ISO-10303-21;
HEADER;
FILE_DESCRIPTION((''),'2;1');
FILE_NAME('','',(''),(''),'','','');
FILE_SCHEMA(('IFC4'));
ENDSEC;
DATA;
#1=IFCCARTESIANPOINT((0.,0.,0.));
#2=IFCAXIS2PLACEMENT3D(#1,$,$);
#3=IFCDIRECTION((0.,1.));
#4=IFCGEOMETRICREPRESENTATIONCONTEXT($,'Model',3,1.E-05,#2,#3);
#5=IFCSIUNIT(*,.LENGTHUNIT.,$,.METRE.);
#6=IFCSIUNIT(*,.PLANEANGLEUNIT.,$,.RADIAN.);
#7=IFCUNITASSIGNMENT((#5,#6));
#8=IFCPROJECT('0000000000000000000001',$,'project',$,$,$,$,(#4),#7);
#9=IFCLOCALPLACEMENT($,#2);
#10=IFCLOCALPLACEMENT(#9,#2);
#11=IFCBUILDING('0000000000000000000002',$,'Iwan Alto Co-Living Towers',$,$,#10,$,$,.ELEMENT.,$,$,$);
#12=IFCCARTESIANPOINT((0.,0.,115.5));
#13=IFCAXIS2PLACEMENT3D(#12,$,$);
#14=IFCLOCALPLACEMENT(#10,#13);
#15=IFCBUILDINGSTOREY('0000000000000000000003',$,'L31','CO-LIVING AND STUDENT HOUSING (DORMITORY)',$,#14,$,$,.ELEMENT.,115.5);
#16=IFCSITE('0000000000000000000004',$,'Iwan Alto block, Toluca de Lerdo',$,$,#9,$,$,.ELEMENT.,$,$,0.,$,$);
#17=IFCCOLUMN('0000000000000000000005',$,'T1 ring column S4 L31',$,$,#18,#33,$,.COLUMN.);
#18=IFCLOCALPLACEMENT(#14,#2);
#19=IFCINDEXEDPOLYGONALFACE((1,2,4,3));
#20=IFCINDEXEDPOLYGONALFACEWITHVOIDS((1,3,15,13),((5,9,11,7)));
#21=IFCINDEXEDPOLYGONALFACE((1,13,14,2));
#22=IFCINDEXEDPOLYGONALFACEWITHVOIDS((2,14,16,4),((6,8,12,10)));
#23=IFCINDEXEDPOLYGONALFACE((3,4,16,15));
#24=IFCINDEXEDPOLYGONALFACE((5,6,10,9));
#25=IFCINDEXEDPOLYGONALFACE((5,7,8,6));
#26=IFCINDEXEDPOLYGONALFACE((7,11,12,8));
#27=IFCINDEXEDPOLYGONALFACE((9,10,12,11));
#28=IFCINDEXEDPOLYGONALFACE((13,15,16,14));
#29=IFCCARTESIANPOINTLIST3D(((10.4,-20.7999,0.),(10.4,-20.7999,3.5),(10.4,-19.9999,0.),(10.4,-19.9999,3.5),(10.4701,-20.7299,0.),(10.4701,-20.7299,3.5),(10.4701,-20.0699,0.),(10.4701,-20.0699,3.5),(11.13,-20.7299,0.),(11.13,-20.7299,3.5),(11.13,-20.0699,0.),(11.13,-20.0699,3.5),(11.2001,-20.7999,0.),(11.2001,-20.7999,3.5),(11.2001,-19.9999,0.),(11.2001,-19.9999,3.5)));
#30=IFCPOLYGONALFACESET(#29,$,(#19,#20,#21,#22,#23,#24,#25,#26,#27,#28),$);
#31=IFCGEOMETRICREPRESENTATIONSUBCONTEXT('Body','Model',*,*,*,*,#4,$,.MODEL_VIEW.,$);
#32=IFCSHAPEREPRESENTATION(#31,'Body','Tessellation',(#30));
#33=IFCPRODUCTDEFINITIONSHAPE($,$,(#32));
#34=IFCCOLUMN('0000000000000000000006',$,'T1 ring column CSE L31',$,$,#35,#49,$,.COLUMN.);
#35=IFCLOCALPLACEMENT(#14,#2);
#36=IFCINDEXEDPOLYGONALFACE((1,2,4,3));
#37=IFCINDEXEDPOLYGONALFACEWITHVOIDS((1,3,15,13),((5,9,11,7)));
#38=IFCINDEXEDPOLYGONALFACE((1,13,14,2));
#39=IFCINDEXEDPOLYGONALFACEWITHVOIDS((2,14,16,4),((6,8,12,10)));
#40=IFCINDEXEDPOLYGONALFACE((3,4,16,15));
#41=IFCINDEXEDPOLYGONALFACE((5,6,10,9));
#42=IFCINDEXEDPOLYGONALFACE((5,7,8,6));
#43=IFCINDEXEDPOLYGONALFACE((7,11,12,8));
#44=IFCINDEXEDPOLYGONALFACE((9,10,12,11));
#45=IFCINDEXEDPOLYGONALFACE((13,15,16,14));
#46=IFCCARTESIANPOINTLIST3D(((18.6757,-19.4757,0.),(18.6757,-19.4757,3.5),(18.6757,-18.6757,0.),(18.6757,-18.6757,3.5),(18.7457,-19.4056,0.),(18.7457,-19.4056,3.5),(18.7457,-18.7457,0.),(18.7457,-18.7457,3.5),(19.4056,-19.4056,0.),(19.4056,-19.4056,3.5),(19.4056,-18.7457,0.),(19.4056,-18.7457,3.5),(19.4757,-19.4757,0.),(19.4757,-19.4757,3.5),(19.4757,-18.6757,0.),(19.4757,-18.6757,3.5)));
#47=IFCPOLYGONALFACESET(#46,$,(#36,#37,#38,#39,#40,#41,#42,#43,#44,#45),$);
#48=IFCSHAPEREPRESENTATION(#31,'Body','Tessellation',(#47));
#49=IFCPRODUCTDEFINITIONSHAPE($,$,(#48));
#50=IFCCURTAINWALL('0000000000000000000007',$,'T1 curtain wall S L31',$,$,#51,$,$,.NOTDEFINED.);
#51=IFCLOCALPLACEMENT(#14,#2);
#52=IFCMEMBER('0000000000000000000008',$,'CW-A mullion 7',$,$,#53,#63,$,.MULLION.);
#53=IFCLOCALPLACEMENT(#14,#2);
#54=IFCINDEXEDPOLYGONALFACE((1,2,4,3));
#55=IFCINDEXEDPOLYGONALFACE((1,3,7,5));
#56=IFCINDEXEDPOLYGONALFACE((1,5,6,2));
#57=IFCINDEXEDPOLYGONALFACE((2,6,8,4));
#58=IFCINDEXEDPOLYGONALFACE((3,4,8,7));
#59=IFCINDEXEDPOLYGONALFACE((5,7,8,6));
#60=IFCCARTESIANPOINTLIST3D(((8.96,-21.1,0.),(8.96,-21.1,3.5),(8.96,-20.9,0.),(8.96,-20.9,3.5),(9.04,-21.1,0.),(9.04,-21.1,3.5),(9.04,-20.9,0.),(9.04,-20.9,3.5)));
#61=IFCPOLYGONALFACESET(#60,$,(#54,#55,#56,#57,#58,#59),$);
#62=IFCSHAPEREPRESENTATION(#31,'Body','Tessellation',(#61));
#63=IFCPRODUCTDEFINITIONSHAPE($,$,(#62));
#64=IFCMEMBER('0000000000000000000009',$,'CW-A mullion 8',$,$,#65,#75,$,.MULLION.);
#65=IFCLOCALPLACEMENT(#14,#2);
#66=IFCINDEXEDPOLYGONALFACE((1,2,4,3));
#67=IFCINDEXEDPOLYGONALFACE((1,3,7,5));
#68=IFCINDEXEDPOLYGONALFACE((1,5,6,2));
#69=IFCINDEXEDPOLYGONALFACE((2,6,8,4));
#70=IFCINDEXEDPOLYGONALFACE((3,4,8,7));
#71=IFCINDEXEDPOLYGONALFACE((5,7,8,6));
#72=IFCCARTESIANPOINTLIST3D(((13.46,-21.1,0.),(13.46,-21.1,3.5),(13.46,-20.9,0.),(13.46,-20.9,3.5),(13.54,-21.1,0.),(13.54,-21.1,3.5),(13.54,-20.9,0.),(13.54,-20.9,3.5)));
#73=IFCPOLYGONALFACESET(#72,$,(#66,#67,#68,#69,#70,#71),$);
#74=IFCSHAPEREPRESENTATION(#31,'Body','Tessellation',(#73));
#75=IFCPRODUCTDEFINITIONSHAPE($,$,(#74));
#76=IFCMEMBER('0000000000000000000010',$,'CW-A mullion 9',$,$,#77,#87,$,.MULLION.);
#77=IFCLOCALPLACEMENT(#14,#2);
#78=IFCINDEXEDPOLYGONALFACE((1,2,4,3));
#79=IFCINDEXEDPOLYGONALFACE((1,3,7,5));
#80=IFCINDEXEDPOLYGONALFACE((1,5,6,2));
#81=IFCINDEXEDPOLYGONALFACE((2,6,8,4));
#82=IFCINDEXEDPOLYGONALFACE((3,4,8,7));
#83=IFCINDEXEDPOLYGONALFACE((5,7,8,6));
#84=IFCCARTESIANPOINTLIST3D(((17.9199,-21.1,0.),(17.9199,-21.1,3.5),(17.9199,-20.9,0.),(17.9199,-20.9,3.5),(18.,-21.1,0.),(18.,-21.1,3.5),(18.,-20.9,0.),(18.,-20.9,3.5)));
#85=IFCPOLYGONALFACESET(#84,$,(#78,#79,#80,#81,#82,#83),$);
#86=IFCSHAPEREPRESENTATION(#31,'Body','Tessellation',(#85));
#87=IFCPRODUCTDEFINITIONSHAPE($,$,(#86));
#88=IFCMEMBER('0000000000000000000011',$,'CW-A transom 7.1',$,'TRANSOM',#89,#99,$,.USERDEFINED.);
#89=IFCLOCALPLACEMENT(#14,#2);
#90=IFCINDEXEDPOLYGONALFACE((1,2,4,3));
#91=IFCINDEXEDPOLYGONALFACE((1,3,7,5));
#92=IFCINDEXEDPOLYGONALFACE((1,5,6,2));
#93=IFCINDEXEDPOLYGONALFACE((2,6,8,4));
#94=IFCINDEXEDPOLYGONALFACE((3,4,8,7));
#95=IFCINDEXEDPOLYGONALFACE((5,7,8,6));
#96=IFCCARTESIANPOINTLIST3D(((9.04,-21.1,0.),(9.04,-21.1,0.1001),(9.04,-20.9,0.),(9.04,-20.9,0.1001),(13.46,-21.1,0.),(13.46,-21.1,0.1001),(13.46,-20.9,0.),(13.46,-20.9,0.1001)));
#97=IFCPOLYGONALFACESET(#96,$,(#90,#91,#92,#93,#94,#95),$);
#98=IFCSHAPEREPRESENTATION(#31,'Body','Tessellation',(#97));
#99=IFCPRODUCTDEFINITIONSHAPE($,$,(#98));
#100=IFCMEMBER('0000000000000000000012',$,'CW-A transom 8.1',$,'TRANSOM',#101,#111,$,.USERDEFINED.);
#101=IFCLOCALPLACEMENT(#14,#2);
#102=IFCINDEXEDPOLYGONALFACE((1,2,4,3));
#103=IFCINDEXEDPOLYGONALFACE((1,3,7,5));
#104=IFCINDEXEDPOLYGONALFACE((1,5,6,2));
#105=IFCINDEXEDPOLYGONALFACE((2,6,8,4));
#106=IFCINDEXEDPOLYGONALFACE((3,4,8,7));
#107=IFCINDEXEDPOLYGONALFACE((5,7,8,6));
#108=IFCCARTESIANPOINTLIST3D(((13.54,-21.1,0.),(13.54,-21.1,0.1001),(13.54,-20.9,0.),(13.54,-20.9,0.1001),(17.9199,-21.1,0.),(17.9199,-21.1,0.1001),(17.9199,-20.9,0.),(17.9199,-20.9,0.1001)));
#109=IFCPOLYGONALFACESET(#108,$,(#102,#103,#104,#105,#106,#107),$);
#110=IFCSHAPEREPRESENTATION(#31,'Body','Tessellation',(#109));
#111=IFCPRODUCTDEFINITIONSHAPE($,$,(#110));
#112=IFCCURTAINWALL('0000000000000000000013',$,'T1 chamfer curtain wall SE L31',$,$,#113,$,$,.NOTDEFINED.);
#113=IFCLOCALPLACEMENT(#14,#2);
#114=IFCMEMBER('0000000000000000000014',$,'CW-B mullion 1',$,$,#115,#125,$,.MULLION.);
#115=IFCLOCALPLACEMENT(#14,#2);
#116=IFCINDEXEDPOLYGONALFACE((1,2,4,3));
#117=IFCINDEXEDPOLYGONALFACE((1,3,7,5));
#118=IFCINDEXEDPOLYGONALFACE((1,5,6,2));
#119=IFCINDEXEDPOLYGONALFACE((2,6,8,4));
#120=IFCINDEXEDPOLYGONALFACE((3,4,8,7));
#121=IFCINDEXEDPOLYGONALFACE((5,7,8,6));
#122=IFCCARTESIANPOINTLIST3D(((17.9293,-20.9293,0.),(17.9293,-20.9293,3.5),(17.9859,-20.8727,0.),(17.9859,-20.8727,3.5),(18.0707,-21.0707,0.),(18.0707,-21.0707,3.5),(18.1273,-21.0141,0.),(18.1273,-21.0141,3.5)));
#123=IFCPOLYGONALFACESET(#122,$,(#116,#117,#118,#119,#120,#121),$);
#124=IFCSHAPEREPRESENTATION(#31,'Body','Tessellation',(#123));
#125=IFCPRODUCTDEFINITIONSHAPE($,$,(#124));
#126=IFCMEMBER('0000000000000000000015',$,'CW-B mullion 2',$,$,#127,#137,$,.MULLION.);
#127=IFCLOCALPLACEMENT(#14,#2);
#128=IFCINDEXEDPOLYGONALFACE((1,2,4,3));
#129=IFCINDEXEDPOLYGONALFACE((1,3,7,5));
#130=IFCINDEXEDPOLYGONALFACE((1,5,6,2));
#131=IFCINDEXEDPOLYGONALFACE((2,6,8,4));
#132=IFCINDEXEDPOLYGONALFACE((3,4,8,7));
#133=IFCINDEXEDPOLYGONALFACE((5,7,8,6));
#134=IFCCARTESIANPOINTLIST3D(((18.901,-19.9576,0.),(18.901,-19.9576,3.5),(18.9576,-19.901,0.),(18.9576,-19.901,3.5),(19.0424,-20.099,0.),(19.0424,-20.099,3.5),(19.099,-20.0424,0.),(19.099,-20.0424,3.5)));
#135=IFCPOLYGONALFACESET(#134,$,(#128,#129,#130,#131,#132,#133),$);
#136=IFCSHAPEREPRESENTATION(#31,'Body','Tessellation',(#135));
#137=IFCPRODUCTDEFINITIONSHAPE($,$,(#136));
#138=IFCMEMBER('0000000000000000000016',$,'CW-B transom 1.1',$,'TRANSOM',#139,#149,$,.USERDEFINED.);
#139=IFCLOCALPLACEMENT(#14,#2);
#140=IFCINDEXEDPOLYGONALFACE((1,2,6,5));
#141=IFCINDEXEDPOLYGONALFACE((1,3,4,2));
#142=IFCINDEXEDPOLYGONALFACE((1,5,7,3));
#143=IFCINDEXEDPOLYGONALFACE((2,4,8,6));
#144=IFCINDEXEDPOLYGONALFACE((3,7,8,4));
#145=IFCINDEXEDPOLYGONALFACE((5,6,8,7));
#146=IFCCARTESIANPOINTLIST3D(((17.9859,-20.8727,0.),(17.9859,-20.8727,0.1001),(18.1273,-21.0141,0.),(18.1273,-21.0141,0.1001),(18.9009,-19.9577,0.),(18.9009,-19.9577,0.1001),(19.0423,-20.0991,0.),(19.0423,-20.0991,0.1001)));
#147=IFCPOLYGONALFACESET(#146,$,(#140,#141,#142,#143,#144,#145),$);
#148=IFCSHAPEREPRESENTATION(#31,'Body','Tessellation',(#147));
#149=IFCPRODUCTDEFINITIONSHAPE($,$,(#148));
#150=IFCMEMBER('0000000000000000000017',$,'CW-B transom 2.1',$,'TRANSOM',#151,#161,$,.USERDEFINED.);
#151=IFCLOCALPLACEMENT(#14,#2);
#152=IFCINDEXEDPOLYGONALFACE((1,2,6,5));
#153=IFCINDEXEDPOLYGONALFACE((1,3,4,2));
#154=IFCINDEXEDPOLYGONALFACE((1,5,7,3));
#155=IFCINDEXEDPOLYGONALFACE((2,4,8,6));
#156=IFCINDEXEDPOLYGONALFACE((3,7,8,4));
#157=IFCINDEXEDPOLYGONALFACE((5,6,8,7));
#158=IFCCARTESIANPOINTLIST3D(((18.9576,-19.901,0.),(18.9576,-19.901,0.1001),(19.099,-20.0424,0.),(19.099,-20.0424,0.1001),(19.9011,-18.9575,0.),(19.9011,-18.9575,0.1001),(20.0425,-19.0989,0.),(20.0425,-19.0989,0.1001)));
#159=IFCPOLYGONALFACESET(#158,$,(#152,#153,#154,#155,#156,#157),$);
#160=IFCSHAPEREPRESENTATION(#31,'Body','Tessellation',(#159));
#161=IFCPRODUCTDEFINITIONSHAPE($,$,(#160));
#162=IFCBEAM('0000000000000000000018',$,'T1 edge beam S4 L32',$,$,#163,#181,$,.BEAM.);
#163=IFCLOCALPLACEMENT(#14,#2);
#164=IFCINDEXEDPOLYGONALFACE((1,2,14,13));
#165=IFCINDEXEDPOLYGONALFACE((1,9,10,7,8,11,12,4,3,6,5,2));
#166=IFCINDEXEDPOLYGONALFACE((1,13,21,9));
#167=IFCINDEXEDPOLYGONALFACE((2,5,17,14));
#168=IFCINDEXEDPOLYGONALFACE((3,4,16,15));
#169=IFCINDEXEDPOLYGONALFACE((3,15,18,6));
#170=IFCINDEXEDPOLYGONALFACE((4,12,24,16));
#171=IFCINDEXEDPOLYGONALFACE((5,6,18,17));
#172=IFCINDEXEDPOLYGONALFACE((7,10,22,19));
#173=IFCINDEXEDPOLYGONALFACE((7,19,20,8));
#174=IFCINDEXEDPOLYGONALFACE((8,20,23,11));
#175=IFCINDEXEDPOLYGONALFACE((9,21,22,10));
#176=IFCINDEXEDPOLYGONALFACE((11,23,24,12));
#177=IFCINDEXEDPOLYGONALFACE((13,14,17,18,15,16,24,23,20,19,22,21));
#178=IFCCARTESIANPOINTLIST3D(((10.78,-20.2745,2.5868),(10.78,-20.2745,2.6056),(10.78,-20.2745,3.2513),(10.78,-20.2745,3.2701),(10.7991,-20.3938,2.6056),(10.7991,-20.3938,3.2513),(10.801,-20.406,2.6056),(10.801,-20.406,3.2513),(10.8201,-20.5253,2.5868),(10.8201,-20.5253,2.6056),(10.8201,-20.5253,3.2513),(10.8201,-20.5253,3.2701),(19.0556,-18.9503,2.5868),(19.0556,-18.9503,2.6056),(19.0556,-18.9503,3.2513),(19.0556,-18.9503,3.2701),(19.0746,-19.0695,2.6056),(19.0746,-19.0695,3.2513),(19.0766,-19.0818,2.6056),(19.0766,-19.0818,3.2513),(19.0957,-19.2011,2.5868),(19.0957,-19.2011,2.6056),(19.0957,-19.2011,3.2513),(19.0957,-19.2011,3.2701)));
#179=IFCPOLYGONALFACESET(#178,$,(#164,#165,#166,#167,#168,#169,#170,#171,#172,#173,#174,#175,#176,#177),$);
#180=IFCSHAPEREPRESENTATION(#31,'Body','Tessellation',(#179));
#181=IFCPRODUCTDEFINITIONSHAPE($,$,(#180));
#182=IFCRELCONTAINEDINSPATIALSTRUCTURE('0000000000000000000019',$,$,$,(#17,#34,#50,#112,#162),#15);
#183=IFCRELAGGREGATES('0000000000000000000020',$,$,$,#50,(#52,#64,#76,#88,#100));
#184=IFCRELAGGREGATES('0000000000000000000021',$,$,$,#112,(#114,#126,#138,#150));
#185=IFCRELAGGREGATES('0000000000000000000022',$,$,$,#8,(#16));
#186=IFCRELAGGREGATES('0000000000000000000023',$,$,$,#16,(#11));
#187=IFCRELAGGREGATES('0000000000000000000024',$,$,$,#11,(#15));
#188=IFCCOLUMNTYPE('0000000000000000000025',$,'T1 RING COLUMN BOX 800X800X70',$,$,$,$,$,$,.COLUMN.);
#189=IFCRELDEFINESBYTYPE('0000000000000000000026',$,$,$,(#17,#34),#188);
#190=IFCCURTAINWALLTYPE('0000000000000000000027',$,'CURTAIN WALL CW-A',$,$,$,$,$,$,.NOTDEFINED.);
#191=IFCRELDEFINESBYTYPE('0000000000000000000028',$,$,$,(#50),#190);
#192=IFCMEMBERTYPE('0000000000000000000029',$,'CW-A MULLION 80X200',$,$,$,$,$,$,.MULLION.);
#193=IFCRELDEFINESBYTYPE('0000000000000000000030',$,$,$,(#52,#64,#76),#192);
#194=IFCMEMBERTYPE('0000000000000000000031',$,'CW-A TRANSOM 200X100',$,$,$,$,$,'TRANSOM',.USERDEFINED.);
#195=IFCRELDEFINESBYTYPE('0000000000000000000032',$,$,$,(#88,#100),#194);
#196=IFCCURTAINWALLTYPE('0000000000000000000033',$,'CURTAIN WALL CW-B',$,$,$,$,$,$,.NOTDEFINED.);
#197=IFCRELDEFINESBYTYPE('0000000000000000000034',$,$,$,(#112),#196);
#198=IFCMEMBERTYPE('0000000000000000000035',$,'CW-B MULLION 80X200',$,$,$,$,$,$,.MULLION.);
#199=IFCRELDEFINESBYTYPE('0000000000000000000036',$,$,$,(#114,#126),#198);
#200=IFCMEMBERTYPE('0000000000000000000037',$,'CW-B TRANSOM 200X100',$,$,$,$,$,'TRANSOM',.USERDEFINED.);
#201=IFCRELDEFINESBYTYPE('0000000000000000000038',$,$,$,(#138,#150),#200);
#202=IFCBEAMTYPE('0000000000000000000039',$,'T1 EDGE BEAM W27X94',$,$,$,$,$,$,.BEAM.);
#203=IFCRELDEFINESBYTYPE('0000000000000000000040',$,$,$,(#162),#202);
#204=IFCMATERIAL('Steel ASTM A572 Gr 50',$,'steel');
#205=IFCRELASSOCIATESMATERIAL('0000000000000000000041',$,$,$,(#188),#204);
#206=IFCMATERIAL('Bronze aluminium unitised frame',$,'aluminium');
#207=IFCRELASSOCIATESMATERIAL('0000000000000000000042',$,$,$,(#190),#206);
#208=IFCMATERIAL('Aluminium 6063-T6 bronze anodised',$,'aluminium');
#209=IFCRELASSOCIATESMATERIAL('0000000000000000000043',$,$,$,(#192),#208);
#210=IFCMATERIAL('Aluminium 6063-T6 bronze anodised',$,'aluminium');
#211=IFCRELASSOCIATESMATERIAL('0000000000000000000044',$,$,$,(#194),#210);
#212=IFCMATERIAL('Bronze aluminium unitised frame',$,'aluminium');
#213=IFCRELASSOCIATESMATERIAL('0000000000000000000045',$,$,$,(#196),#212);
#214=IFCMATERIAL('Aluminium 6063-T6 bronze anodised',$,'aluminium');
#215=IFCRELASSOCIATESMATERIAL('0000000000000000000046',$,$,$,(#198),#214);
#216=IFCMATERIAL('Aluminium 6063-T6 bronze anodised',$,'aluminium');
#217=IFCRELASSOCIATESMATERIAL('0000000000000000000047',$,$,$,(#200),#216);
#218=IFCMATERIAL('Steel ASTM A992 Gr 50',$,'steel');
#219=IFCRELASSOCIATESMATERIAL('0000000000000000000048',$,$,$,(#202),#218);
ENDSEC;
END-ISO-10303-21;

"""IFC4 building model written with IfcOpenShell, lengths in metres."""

from ifc_helpers import new_model, si_unit, direction, frame, origin, origin_2d, place, context, subcontext, project, spatial, rectangle, hollow_rectangle, i_section, extrude, material, material_profile, profile_set, type_object, element, aggregate, save


model = new_model("IFC4")

# Units and contexts
model_context = context("Model", 3, precision=1e-05, world=origin(), true_north=direction((0.0, 1.0)))
body_context = subcontext(model_context, "Body", "Model", "MODEL_VIEW")
ifc_project = project(units=[si_unit("LENGTHUNIT", "METRE"), si_unit("PLANEANGLEUNIT", "RADIAN")], contexts=[model_context])

# Site, building, storey
site_placement = place(None, origin())
site = spatial("IfcSite", under=ifc_project, at=site_placement, Name="Iwan Alto block, Toluca de Lerdo", CompositionType="ELEMENT", RefElevation=0.0)
building_placement = place(site_placement, origin())
building = spatial("IfcBuilding", under=site, at=building_placement, Name="Iwan Alto Co-Living Towers", CompositionType="ELEMENT")
storey_placement = place(building_placement, frame((0.0, 0.0, 115.5)))
storey = spatial("IfcBuildingStorey", under=building, at=storey_placement, Name="L31", Description="CO-LIVING AND STUDENT HOUSING (DORMITORY)", CompositionType="ELEMENT", Elevation=115.5)

# Columns
ifc_material_1 = material(Name="Steel ASTM A572 Gr 50", Category="steel")
ifc_material_profile_1 = material_profile(ifc_material_1, hollow_rectangle(XDim=0.8, YDim=0.8, WallThickness=0.0701, at=origin_2d()), Name="BOX 800X800X70")
ifc_profile_set_1 = profile_set([ifc_material_profile_1], Name="Steel ASTM A572 Gr 50")
column_type = type_object("IfcColumnType", Name="T1 RING COLUMN BOX 800X800X70", PredefinedType="COLUMN", material=ifc_profile_set_1)
for number, where, z_axis, x_axis, name in (
    (1, (10.8, -20.3999, 0.0), (0.0, 0.0, 1.0), (1.0, 0.0, 0.0), "T1 ring column S4 L31"),
    (2, (19.0757, -19.0757, 0.0), (0.0, 0.0, 1.0), (1.0, 0.0, 0.0), "T1 ring column CSE L31"),
):
    element("IfcColumn", number, at=place(storey_placement, frame(where, z_axis=z_axis, x_axis=x_axis)), inside=storey, type_object=column_type, Name=name, PredefinedType="COLUMN", context=body_context, shape_type="SweptSolid", body=[
        extrude(hollow_rectangle(XDim=0.8, YDim=0.8, WallThickness=0.0701, at=origin_2d()), origin(), (0.0, 0.0, 1.0), 3.5),
    ])

# Curtain walls, members
ifc_material_2 = material(Name="Bronze aluminium unitised frame", Category="aluminium")
curtain_wall_type_1 = type_object("IfcCurtainWallType", Name="CURTAIN WALL CW-A", PredefinedType="NOTDEFINED", material=ifc_material_2)
curtain_wall_1_placement = place(storey_placement, origin())
curtain_wall_1 = element("IfcCurtainWall", 3, at=curtain_wall_1_placement, inside=storey, type_object=curtain_wall_type_1, Name="T1 curtain wall S L31", PredefinedType="NOTDEFINED")
ifc_material_3 = material(Name="Aluminium 6063-T6 bronze anodised", Category="aluminium")
ifc_material_profile_2 = material_profile(ifc_material_3, rectangle(XDim=0.2, YDim=0.0801, at=origin_2d()), Name="AL 80X200")
ifc_profile_set_2 = profile_set([ifc_material_profile_2], Name="Aluminium 6063-T6 bronze anodised")
member_type_1 = type_object("IfcMemberType", Name="CW-A MULLION 80X200", PredefinedType="MULLION", material=ifc_profile_set_2)
member_1_placement = place(storey_placement, frame((9.0, -21.0, 0.0), z_axis=(0.0, 0.0, 1.0), x_axis=(0.0, 1.0, 0.0)))
member_1 = element("IfcMember", 4, at=member_1_placement, type_object=member_type_1, Name="CW-A mullion 7", PredefinedType="MULLION", context=body_context, shape_type="SweptSolid", body=[
    extrude(rectangle(XDim=0.2, YDim=0.0801, at=origin_2d()), origin(), (0.0, 0.0, 1.0), 3.5),
])
member_2_placement = place(storey_placement, frame((13.5, -21.0, 0.0), z_axis=(0.0, 0.0, 1.0), x_axis=(0.0, 1.0, 0.0)))
member_2 = element("IfcMember", 5, at=member_2_placement, type_object=member_type_1, Name="CW-A mullion 8", PredefinedType="MULLION", context=body_context, shape_type="SweptSolid", body=[
    extrude(rectangle(XDim=0.2, YDim=0.0801, at=origin_2d()), origin(), (0.0, 0.0, 1.0), 3.5),
])
member_3_placement = place(storey_placement, frame((17.96, -21.0, 0.0), z_axis=(0.0, 0.0, 1.0), x_axis=(0.0, 1.0, 0.0)))
member_3 = element("IfcMember", 6, at=member_3_placement, type_object=member_type_1, Name="CW-A mullion 9", PredefinedType="MULLION", context=body_context, shape_type="SweptSolid", body=[
    extrude(rectangle(XDim=0.2, YDim=0.0801, at=origin_2d()), origin(), (0.0, 0.0, 1.0), 3.5),
])
ifc_material_4 = material(Name="Aluminium 6063-T6 bronze anodised", Category="aluminium")
ifc_material_profile_3 = material_profile(ifc_material_4, rectangle(XDim=0.2, YDim=0.1001, at=origin_2d()), Name="AL 200X100")
ifc_profile_set_3 = profile_set([ifc_material_profile_3], Name="Aluminium 6063-T6 bronze anodised")
member_type_2 = type_object("IfcMemberType", Name="CW-A TRANSOM 200X100", ElementType="TRANSOM", PredefinedType="USERDEFINED", material=ifc_profile_set_3)
member_4_placement = place(storey_placement, frame((9.04, -21.0, 0.05), z_axis=(1.0, 0.0, 0.0), x_axis=(0.0, 1.0, 0.0)))
member_4 = element("IfcMember", 7, at=member_4_placement, type_object=member_type_2, Name="CW-A transom 7.1", ObjectType="TRANSOM", PredefinedType="USERDEFINED", context=body_context, shape_type="SweptSolid", body=[
    extrude(rectangle(XDim=0.2, YDim=0.1001, at=origin_2d()), origin(), (0.0, 0.0, 1.0), 4.4199),
])
member_5_placement = place(storey_placement, frame((13.54, -21.0, 0.05), z_axis=(1.0, 0.0, 0.0), x_axis=(0.0, 1.0, 0.0)))
member_5 = element("IfcMember", 8, at=member_5_placement, type_object=member_type_2, Name="CW-A transom 8.1", ObjectType="TRANSOM", PredefinedType="USERDEFINED", context=body_context, shape_type="SweptSolid", body=[
    extrude(rectangle(XDim=0.2, YDim=0.1001, at=origin_2d()), origin(), (0.0, 0.0, 1.0), 4.3799),
])
ifc_material_5 = material(Name="Bronze aluminium unitised frame", Category="aluminium")
curtain_wall_type_2 = type_object("IfcCurtainWallType", Name="CURTAIN WALL CW-B", PredefinedType="NOTDEFINED", material=ifc_material_5)
curtain_wall_2_placement = place(storey_placement, origin())
curtain_wall_2 = element("IfcCurtainWall", 9, at=curtain_wall_2_placement, inside=storey, type_object=curtain_wall_type_2, Name="T1 chamfer curtain wall SE L31", PredefinedType="NOTDEFINED")
ifc_material_6 = material(Name="Aluminium 6063-T6 bronze anodised", Category="aluminium")
ifc_material_profile_4 = material_profile(ifc_material_6, rectangle(XDim=0.2, YDim=0.0801, at=origin_2d()), Name="AL 80X200")
ifc_profile_set_4 = profile_set([ifc_material_profile_4], Name="Aluminium 6063-T6 bronze anodised")
member_type_3 = type_object("IfcMemberType", Name="CW-B MULLION 80X200", PredefinedType="MULLION", material=ifc_profile_set_4)
member_6_placement = place(storey_placement, frame((18.0283, -20.9717, 0.0), z_axis=(0.0, 0.0, 1.0), x_axis=(-0.707107, 0.707107, 0.0)))
member_6 = element("IfcMember", 10, at=member_6_placement, type_object=member_type_3, Name="CW-B mullion 1", PredefinedType="MULLION", context=body_context, shape_type="SweptSolid", body=[
    extrude(rectangle(XDim=0.2, YDim=0.0801, at=origin_2d()), origin(), (0.0, 0.0, 1.0), 3.5),
])
member_7_placement = place(storey_placement, frame((19.0, -20.0, 0.0), z_axis=(0.0, 0.0, 1.0), x_axis=(-0.707107, 0.707107, 0.0)))
member_7 = element("IfcMember", 11, at=member_7_placement, type_object=member_type_3, Name="CW-B mullion 2", PredefinedType="MULLION", context=body_context, shape_type="SweptSolid", body=[
    extrude(rectangle(XDim=0.2, YDim=0.0801, at=origin_2d()), origin(), (0.0, 0.0, 1.0), 3.5),
])
ifc_material_7 = material(Name="Aluminium 6063-T6 bronze anodised", Category="aluminium")
ifc_material_profile_5 = material_profile(ifc_material_7, rectangle(XDim=0.2, YDim=0.1001, at=origin_2d()), Name="AL 200X100")
ifc_profile_set_5 = profile_set([ifc_material_profile_5], Name="Aluminium 6063-T6 bronze anodised")
member_type_4 = type_object("IfcMemberType", Name="CW-B TRANSOM 200X100", ElementType="TRANSOM", PredefinedType="USERDEFINED", material=ifc_profile_set_5)
member_8_placement = place(storey_placement, frame((18.0566, -20.9434, 0.05), z_axis=(0.707107, 0.707107, 0.0), x_axis=(-0.707107, 0.707107, 0.0)))
member_8 = element("IfcMember", 12, at=member_8_placement, type_object=member_type_4, Name="CW-B transom 1.1", ObjectType="TRANSOM", PredefinedType="USERDEFINED", context=body_context, shape_type="SweptSolid", body=[
    extrude(rectangle(XDim=0.2, YDim=0.1001, at=origin_2d()), origin(), (0.0, 0.0, 1.0), 1.2939),
])
member_9_placement = place(storey_placement, frame((19.0283, -19.9717, 0.05), z_axis=(0.707107, 0.707107, 0.0), x_axis=(-0.707107, 0.707107, 0.0)))
member_9 = element("IfcMember", 13, at=member_9_placement, type_object=member_type_4, Name="CW-B transom 2.1", ObjectType="TRANSOM", PredefinedType="USERDEFINED", context=body_context, shape_type="SweptSolid", body=[
    extrude(rectangle(XDim=0.2, YDim=0.1001, at=origin_2d()), origin(), (0.0, 0.0, 1.0), 1.3342),
])

# Beam
ifc_material_8 = material(Name="Steel ASTM A992 Gr 50", Category="steel")
ifc_material_profile_6 = material_profile(ifc_material_8, i_section(OverallWidth=0.2539, OverallDepth=0.6833, WebThickness=0.0125, FlangeThickness=0.0188, at=origin_2d()), Name="W27X94")
ifc_profile_set_6 = profile_set([ifc_material_profile_6], Name="Steel ASTM A992 Gr 50")
beam_type_1 = type_object("IfcBeamType", Name="T1 EDGE BEAM W27X94", PredefinedType="BEAM", material=ifc_profile_set_6)
beam_1_placement = place(storey_placement, frame((10.8, -20.3999, 2.9285), z_axis=(0.987438, 0.158004, 0.0), x_axis=(-0.158004, 0.987438, 0.0)))
element("IfcBeam", 14, at=beam_1_placement, inside=storey, type_object=beam_type_1, Name="T1 edge beam S4 L32", PredefinedType="BEAM", context=body_context, shape_type="SweptSolid", body=[
    extrude(i_section(OverallWidth=0.2539, OverallDepth=0.6833, WebThickness=0.0125, FlangeThickness=0.0188, at=origin_2d()), origin(), (0.0, 0.0, 1.0), 8.3809),
])

aggregate(curtain_wall_1, [member_1, member_2, member_3, member_4, member_5])
aggregate(curtain_wall_2, [member_6, member_7, member_8, member_9])

save(model, "model.ifc")
